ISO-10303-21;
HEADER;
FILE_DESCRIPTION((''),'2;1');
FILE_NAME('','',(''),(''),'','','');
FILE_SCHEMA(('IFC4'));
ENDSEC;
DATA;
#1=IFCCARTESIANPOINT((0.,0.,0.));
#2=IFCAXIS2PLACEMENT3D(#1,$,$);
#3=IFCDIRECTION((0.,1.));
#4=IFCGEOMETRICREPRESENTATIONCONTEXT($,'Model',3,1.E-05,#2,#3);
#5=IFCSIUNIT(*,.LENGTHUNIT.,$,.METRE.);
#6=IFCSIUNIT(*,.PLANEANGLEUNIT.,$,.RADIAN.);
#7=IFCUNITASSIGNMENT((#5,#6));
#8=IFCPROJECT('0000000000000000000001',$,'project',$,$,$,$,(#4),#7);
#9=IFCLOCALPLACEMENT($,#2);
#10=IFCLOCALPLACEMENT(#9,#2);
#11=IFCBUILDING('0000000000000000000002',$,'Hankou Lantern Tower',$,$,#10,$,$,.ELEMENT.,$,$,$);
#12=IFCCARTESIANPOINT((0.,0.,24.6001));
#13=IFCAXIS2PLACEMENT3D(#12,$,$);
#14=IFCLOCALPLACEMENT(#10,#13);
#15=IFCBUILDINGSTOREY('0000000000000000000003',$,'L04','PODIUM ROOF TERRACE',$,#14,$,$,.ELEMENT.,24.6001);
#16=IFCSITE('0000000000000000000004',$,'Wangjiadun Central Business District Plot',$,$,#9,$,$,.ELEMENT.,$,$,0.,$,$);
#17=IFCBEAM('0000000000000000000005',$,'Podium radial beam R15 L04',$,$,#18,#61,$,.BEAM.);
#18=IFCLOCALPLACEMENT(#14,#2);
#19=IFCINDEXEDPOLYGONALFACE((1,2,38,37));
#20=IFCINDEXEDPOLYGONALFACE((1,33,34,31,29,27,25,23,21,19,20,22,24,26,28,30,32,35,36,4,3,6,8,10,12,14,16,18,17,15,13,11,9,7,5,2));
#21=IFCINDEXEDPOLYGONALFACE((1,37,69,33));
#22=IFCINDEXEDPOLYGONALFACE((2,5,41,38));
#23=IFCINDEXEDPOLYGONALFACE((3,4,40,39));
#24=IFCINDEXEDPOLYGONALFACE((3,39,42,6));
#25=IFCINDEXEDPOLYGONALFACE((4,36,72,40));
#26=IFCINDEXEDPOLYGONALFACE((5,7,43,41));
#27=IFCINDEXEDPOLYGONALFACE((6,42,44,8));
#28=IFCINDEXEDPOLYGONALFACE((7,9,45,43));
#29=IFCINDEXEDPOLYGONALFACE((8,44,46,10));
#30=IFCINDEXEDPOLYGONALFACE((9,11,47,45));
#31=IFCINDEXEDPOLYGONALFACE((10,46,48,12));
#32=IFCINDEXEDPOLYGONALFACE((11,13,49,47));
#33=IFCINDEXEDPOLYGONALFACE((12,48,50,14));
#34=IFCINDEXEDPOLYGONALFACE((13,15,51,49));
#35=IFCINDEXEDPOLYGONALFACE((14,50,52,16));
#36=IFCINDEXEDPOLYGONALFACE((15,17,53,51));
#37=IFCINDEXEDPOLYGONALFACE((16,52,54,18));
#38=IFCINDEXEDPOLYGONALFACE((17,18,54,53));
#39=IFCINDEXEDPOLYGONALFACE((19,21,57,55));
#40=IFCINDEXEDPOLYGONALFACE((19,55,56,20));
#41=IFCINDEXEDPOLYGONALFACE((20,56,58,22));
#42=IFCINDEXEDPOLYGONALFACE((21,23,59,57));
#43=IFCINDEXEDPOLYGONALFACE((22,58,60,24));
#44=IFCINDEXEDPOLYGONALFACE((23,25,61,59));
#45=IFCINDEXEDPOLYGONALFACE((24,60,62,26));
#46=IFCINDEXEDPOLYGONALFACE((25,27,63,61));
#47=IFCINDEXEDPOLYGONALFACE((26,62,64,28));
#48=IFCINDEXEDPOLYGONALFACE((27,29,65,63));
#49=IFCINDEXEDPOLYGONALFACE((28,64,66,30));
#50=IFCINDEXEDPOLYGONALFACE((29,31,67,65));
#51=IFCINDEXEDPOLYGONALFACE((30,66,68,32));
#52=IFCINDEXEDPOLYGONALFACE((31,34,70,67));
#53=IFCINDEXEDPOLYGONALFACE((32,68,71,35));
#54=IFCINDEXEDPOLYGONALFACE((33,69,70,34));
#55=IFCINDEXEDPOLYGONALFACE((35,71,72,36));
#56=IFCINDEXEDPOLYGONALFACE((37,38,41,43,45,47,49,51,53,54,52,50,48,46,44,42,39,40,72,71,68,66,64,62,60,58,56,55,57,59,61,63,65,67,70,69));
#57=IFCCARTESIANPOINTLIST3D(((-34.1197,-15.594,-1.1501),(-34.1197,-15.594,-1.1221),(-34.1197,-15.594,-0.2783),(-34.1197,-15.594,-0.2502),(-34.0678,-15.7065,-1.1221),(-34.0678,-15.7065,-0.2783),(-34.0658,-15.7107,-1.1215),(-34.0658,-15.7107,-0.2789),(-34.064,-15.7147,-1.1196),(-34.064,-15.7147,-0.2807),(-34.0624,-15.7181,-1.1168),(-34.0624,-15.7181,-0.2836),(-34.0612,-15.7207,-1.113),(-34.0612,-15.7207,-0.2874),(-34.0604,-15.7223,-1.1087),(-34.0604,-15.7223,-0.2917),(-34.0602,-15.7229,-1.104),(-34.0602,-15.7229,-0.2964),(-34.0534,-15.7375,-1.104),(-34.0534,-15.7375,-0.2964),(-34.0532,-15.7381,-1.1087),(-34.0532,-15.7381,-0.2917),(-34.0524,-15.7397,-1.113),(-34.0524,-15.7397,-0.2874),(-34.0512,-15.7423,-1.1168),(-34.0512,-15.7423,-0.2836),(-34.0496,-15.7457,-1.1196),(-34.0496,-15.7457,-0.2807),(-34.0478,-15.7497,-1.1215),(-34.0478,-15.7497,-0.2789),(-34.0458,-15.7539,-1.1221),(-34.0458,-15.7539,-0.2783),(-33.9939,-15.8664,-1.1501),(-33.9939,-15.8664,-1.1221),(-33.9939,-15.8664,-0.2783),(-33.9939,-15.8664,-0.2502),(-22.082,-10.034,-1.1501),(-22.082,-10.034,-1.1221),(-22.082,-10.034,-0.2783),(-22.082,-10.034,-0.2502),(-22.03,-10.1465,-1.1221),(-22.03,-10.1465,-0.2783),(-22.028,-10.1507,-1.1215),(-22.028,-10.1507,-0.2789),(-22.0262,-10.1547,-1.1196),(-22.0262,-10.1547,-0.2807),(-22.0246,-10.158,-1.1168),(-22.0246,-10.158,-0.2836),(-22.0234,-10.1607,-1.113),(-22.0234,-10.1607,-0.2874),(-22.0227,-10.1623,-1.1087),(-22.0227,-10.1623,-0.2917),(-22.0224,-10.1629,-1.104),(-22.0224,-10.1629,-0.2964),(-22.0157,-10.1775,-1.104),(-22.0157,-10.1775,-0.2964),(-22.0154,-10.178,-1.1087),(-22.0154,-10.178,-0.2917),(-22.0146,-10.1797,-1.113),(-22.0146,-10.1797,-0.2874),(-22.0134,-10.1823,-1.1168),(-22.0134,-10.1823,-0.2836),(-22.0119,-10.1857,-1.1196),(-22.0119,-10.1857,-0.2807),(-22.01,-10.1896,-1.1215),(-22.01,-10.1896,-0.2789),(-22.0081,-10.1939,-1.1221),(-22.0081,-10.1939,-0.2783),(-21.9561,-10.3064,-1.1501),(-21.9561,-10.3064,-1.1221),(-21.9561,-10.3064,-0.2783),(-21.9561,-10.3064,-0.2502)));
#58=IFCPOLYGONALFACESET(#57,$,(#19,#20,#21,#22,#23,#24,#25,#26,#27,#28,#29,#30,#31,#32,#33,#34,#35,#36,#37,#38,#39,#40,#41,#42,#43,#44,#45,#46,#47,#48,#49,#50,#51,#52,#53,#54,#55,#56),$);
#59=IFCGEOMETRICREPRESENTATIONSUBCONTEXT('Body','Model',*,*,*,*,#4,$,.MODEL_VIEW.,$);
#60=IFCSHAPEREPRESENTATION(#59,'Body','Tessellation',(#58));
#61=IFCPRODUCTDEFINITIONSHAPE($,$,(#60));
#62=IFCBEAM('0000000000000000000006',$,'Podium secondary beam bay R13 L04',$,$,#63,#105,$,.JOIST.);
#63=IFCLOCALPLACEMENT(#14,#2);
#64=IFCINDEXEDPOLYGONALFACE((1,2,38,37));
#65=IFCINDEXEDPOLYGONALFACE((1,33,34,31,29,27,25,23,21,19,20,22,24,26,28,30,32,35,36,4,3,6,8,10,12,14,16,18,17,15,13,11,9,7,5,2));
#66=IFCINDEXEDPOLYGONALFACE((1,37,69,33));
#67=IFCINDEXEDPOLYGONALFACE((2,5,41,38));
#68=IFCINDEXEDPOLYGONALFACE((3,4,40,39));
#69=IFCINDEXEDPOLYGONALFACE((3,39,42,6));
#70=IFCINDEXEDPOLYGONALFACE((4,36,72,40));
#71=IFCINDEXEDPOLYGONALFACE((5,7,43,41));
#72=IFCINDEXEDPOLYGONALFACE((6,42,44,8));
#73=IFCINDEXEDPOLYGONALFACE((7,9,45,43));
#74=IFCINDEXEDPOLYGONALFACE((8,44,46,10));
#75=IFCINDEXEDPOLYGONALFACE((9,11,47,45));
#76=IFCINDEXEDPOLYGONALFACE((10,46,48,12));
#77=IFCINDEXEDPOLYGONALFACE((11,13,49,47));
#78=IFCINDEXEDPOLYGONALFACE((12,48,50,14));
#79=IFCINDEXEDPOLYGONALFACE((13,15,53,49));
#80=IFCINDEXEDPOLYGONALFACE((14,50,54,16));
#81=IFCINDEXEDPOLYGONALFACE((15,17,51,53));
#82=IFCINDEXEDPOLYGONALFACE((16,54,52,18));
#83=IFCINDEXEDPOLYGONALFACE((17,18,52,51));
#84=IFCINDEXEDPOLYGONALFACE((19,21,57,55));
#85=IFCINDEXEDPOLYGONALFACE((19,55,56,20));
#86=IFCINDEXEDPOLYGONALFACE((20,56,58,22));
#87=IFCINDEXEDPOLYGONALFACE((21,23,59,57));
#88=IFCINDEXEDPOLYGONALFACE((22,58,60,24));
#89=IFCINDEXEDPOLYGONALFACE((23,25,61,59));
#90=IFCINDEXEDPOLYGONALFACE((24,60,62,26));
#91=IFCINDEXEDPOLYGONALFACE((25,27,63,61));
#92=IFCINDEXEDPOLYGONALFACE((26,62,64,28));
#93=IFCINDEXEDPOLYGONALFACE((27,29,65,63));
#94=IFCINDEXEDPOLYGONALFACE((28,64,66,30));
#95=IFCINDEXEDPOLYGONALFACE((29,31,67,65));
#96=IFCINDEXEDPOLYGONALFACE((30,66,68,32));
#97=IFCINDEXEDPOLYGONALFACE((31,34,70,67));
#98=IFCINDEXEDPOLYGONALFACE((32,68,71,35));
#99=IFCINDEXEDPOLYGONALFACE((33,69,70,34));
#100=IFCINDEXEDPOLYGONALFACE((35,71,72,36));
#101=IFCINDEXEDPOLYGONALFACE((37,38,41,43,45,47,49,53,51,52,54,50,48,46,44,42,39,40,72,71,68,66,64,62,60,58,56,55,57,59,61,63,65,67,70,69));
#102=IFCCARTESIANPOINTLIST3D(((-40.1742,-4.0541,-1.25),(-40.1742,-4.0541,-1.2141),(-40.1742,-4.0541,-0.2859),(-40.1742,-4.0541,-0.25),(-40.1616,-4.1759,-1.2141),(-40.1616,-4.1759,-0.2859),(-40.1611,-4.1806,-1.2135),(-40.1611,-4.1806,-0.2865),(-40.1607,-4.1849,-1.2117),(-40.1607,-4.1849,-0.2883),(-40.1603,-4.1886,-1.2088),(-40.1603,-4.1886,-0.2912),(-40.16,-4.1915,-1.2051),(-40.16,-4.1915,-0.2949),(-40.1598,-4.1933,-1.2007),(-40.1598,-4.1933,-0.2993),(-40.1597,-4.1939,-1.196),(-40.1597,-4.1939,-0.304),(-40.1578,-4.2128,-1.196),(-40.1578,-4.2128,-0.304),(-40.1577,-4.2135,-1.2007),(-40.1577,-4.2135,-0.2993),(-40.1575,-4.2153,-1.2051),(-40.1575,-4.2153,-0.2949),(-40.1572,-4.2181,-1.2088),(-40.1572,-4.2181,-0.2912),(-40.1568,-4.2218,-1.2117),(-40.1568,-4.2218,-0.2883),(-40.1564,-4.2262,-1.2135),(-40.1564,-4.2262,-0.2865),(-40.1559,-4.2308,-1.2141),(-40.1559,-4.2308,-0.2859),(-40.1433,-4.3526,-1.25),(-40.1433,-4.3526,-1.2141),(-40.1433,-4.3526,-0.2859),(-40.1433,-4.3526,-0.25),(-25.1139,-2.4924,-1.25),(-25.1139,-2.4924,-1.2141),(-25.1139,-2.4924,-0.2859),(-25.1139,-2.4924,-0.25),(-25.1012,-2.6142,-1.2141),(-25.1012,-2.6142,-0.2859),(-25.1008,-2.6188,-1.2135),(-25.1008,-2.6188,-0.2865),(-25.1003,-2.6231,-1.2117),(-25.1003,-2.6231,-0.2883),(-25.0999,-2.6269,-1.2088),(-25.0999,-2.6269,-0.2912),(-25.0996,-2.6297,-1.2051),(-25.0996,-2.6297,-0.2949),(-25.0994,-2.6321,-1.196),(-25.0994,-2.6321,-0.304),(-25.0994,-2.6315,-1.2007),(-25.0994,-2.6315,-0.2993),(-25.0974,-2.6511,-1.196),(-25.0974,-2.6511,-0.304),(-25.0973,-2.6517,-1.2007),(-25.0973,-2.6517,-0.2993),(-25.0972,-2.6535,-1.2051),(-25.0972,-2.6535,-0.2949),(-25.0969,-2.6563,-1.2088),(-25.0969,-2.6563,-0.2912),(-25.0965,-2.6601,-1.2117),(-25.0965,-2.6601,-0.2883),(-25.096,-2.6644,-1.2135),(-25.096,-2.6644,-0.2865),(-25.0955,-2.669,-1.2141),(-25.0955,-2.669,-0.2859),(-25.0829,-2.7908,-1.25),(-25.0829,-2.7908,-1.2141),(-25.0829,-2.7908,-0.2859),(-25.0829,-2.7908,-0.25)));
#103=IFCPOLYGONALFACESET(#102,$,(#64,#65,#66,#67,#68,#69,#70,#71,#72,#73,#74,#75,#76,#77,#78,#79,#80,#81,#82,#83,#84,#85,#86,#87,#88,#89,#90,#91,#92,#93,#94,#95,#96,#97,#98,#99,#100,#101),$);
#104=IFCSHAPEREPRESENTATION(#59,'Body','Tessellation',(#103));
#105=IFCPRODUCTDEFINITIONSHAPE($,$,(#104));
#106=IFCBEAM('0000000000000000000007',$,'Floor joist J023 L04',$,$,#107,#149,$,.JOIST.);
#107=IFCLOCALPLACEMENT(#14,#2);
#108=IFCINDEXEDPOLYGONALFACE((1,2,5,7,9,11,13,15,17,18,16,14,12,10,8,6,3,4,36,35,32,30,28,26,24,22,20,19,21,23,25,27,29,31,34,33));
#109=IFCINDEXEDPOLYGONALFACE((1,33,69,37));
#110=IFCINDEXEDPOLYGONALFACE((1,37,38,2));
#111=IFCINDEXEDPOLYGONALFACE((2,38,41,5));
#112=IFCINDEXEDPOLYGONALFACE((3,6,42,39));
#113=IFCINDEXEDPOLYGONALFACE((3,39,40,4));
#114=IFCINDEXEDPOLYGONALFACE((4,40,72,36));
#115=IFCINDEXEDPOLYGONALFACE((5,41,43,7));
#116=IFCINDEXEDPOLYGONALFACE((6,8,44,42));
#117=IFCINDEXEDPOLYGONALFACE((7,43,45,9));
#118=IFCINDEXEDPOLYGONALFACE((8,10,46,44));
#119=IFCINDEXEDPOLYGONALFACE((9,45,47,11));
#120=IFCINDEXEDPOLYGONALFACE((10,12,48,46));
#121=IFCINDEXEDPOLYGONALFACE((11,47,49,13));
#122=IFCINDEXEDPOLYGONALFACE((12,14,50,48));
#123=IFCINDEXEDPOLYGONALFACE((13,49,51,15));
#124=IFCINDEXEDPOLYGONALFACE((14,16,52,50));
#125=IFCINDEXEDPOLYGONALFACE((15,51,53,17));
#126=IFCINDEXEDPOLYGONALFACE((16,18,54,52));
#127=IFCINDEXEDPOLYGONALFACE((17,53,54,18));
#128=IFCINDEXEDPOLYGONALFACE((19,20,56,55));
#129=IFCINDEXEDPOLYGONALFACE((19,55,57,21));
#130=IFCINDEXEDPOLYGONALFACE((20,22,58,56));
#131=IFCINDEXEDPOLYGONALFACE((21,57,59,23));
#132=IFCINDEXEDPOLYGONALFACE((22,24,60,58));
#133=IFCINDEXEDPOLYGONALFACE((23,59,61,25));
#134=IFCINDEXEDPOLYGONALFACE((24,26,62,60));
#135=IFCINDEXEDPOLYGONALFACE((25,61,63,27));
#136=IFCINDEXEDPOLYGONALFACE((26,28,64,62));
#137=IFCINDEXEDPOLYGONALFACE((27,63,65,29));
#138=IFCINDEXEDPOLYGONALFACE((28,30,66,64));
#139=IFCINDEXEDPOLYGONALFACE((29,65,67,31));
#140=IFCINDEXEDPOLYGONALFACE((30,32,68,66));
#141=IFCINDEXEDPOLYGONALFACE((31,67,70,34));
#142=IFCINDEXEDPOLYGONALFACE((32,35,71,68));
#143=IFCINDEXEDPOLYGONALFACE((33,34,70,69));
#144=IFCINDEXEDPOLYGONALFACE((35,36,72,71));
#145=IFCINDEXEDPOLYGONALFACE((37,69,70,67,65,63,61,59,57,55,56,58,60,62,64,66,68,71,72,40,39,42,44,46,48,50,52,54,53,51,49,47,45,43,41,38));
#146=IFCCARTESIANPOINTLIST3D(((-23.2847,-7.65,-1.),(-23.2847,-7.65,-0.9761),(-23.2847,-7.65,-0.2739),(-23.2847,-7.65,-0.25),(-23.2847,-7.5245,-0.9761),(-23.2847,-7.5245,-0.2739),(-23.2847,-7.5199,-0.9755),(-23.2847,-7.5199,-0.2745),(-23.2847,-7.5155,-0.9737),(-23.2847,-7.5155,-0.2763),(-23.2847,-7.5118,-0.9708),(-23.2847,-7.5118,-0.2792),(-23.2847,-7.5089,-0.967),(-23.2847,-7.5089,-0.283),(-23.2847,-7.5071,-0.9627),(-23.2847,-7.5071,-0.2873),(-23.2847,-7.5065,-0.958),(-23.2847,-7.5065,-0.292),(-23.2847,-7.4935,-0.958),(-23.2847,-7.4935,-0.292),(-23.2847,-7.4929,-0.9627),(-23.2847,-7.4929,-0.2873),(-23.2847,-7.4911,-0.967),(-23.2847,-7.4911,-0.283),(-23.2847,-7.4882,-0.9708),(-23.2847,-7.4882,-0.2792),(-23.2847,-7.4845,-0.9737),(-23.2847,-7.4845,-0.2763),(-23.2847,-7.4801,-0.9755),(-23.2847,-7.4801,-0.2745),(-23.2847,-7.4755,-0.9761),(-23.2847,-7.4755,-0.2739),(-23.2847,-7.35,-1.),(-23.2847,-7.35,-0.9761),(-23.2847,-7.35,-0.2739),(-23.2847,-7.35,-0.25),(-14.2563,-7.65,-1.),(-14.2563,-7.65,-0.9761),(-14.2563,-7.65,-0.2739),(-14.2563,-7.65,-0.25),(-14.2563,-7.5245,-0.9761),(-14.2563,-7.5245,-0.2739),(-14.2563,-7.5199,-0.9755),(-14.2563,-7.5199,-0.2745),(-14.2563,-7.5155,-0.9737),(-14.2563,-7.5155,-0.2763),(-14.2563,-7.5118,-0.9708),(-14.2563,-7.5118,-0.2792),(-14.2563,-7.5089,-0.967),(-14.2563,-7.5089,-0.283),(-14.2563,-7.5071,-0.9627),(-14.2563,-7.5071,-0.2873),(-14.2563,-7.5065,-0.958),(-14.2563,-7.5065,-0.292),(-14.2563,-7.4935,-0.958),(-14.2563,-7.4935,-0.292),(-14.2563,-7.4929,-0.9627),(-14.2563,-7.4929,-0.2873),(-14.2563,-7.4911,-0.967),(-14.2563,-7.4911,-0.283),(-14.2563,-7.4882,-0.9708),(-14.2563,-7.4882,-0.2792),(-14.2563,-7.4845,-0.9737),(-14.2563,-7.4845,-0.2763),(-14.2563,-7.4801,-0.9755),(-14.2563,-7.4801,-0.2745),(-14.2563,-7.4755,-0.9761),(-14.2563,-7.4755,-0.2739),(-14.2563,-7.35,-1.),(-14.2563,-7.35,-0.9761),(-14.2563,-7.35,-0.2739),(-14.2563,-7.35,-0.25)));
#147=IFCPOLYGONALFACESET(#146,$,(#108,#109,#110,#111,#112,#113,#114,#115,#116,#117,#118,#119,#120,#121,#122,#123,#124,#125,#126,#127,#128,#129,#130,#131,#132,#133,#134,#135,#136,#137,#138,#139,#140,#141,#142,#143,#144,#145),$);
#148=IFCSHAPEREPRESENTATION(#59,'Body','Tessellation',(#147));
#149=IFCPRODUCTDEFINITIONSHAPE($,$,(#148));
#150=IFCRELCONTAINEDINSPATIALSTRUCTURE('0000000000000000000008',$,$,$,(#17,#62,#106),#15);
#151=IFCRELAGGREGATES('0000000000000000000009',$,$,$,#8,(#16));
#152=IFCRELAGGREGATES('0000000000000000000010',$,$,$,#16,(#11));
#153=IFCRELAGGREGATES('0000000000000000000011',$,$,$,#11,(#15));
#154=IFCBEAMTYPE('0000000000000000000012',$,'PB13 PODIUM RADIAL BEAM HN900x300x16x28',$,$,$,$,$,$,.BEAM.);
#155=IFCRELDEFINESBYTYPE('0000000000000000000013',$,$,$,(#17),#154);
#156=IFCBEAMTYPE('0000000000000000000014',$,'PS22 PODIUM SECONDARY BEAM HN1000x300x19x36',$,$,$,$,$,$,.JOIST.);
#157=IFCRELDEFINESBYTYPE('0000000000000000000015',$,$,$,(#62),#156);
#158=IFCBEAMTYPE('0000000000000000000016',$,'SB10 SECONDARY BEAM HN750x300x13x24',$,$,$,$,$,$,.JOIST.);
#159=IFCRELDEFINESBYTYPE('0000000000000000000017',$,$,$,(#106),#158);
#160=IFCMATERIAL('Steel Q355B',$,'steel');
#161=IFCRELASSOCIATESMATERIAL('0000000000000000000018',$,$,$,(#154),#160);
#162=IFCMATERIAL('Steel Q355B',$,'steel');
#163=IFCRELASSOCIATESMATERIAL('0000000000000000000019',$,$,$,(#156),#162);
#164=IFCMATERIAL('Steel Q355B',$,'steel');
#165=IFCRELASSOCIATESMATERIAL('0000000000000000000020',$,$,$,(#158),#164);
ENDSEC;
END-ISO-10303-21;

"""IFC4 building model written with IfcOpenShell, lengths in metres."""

from ifc_helpers import new_model, si_unit, direction, frame, origin, origin_2d, place, context, subcontext, project, spatial, i_section, extrude, material, material_profile, profile_set, type_object, element, save


model = new_model("IFC4")

# Units and contexts
model_context = context("Model", 3, precision=1e-05, world=origin(), true_north=direction((0.0, 1.0)))
body_context = subcontext(model_context, "Body", "Model", "MODEL_VIEW")
ifc_project = project(units=[si_unit("LENGTHUNIT", "METRE"), si_unit("PLANEANGLEUNIT", "RADIAN")], contexts=[model_context])

# Site, building, storey
site_placement = place(None, origin())
site = spatial("IfcSite", under=ifc_project, at=site_placement, Name="Wangjiadun Central Business District Plot", CompositionType="ELEMENT", RefElevation=0.0)
building_placement = place(site_placement, origin())
building = spatial("IfcBuilding", under=site, at=building_placement, Name="Hankou Lantern Tower", CompositionType="ELEMENT")
storey_placement = place(building_placement, frame((0.0, 0.0, 24.6001)))
storey = spatial("IfcBuildingStorey", under=building, at=storey_placement, Name="L04", Description="PODIUM ROOF TERRACE", CompositionType="ELEMENT", Elevation=24.6001)

# Beams
ifc_material_1 = material(Name="Steel Q355B", Category="steel")
ifc_material_profile_1 = material_profile(ifc_material_1, i_section(OverallWidth=0.3, OverallDepth=0.8999, WebThickness=0.0161, FlangeThickness=0.0281, FilletRadius=0.0181, at=origin_2d()), Name="HN900x300x16x28")
ifc_profile_set_1 = profile_set([ifc_material_profile_1], Name="Steel Q355B")
beam_type_1 = type_object("IfcBeamType", Name="PB13 PODIUM RADIAL BEAM HN900x300x16x28", PredefinedType="BEAM", material=ifc_profile_set_1)
beam_1_placement = place(storey_placement, frame((-22.019, -10.1702, -0.7002), z_axis=(-0.907841, -0.419315, 0.0), x_axis=(0.419315, -0.907841, 0.0)))
element("IfcBeam", 1, at=beam_1_placement, inside=storey, type_object=beam_type_1, Name="Podium radial beam R15 L04", PredefinedType="BEAM", context=body_context, shape_type="SweptSolid", body=[
    extrude(i_section(OverallWidth=0.3, OverallDepth=0.8999, WebThickness=0.0161, FlangeThickness=0.0281, FilletRadius=0.0181, at=origin_2d()), origin(), (0.0, 0.0, 1.0), 13.2598),
])
ifc_material_2 = material(Name="Steel Q355B", Category="steel")
ifc_material_profile_2 = material_profile(ifc_material_2, i_section(OverallWidth=0.3, OverallDepth=1.0, WebThickness=0.019, FlangeThickness=0.0359, FilletRadius=0.0181, at=origin_2d()), Name="HN1000x300x19x36")
ifc_profile_set_2 = profile_set([ifc_material_profile_2], Name="Steel Q355B")
beam_type_2 = type_object("IfcBeamType", Name="PS22 PODIUM SECONDARY BEAM HN1000x300x19x36", PredefinedType="JOIST", material=ifc_profile_set_2)
beam_2_placement = place(storey_placement, frame((-25.0984, -2.6416, -0.75), z_axis=(-0.994666, -0.103148, 0.0), x_axis=(0.103148, -0.994666, 0.0)))
element("IfcBeam", 2, at=beam_2_placement, inside=storey, type_object=beam_type_2, Name="Podium secondary beam bay R13 L04", PredefinedType="JOIST", context=body_context, shape_type="SweptSolid", body=[
    extrude(i_section(OverallWidth=0.3, OverallDepth=1.0, WebThickness=0.019, FlangeThickness=0.0359, FilletRadius=0.0181, at=origin_2d()), origin(), (0.0, 0.0, 1.0), 15.1411),
])
ifc_material_3 = material(Name="Steel Q355B", Category="steel")
ifc_material_profile_3 = material_profile(ifc_material_3, i_section(OverallWidth=0.3, OverallDepth=0.75, WebThickness=0.0129, FlangeThickness=0.0239, FilletRadius=0.0181, at=origin_2d()), Name="HN750x300x13x24")
ifc_profile_set_3 = profile_set([ifc_material_profile_3], Name="Steel Q355B")
beam_type_3 = type_object("IfcBeamType", Name="SB10 SECONDARY BEAM HN750x300x13x24", PredefinedType="JOIST", material=ifc_profile_set_3)
beam_3_placement = place(storey_placement, frame((-23.2847, -7.5, -0.625), z_axis=(1.0, 0.0, 0.0), x_axis=(0.0, 1.0, 0.0)))
element("IfcBeam", 3, at=beam_3_placement, inside=storey, type_object=beam_type_3, Name="Floor joist J023 L04", PredefinedType="JOIST", context=body_context, shape_type="SweptSolid", body=[
    extrude(i_section(OverallWidth=0.3, OverallDepth=0.75, WebThickness=0.0129, FlangeThickness=0.0239, FilletRadius=0.0181, at=origin_2d()), origin(), (0.0, 0.0, 1.0), 9.0283),
])

save(model, "model.ifc")
